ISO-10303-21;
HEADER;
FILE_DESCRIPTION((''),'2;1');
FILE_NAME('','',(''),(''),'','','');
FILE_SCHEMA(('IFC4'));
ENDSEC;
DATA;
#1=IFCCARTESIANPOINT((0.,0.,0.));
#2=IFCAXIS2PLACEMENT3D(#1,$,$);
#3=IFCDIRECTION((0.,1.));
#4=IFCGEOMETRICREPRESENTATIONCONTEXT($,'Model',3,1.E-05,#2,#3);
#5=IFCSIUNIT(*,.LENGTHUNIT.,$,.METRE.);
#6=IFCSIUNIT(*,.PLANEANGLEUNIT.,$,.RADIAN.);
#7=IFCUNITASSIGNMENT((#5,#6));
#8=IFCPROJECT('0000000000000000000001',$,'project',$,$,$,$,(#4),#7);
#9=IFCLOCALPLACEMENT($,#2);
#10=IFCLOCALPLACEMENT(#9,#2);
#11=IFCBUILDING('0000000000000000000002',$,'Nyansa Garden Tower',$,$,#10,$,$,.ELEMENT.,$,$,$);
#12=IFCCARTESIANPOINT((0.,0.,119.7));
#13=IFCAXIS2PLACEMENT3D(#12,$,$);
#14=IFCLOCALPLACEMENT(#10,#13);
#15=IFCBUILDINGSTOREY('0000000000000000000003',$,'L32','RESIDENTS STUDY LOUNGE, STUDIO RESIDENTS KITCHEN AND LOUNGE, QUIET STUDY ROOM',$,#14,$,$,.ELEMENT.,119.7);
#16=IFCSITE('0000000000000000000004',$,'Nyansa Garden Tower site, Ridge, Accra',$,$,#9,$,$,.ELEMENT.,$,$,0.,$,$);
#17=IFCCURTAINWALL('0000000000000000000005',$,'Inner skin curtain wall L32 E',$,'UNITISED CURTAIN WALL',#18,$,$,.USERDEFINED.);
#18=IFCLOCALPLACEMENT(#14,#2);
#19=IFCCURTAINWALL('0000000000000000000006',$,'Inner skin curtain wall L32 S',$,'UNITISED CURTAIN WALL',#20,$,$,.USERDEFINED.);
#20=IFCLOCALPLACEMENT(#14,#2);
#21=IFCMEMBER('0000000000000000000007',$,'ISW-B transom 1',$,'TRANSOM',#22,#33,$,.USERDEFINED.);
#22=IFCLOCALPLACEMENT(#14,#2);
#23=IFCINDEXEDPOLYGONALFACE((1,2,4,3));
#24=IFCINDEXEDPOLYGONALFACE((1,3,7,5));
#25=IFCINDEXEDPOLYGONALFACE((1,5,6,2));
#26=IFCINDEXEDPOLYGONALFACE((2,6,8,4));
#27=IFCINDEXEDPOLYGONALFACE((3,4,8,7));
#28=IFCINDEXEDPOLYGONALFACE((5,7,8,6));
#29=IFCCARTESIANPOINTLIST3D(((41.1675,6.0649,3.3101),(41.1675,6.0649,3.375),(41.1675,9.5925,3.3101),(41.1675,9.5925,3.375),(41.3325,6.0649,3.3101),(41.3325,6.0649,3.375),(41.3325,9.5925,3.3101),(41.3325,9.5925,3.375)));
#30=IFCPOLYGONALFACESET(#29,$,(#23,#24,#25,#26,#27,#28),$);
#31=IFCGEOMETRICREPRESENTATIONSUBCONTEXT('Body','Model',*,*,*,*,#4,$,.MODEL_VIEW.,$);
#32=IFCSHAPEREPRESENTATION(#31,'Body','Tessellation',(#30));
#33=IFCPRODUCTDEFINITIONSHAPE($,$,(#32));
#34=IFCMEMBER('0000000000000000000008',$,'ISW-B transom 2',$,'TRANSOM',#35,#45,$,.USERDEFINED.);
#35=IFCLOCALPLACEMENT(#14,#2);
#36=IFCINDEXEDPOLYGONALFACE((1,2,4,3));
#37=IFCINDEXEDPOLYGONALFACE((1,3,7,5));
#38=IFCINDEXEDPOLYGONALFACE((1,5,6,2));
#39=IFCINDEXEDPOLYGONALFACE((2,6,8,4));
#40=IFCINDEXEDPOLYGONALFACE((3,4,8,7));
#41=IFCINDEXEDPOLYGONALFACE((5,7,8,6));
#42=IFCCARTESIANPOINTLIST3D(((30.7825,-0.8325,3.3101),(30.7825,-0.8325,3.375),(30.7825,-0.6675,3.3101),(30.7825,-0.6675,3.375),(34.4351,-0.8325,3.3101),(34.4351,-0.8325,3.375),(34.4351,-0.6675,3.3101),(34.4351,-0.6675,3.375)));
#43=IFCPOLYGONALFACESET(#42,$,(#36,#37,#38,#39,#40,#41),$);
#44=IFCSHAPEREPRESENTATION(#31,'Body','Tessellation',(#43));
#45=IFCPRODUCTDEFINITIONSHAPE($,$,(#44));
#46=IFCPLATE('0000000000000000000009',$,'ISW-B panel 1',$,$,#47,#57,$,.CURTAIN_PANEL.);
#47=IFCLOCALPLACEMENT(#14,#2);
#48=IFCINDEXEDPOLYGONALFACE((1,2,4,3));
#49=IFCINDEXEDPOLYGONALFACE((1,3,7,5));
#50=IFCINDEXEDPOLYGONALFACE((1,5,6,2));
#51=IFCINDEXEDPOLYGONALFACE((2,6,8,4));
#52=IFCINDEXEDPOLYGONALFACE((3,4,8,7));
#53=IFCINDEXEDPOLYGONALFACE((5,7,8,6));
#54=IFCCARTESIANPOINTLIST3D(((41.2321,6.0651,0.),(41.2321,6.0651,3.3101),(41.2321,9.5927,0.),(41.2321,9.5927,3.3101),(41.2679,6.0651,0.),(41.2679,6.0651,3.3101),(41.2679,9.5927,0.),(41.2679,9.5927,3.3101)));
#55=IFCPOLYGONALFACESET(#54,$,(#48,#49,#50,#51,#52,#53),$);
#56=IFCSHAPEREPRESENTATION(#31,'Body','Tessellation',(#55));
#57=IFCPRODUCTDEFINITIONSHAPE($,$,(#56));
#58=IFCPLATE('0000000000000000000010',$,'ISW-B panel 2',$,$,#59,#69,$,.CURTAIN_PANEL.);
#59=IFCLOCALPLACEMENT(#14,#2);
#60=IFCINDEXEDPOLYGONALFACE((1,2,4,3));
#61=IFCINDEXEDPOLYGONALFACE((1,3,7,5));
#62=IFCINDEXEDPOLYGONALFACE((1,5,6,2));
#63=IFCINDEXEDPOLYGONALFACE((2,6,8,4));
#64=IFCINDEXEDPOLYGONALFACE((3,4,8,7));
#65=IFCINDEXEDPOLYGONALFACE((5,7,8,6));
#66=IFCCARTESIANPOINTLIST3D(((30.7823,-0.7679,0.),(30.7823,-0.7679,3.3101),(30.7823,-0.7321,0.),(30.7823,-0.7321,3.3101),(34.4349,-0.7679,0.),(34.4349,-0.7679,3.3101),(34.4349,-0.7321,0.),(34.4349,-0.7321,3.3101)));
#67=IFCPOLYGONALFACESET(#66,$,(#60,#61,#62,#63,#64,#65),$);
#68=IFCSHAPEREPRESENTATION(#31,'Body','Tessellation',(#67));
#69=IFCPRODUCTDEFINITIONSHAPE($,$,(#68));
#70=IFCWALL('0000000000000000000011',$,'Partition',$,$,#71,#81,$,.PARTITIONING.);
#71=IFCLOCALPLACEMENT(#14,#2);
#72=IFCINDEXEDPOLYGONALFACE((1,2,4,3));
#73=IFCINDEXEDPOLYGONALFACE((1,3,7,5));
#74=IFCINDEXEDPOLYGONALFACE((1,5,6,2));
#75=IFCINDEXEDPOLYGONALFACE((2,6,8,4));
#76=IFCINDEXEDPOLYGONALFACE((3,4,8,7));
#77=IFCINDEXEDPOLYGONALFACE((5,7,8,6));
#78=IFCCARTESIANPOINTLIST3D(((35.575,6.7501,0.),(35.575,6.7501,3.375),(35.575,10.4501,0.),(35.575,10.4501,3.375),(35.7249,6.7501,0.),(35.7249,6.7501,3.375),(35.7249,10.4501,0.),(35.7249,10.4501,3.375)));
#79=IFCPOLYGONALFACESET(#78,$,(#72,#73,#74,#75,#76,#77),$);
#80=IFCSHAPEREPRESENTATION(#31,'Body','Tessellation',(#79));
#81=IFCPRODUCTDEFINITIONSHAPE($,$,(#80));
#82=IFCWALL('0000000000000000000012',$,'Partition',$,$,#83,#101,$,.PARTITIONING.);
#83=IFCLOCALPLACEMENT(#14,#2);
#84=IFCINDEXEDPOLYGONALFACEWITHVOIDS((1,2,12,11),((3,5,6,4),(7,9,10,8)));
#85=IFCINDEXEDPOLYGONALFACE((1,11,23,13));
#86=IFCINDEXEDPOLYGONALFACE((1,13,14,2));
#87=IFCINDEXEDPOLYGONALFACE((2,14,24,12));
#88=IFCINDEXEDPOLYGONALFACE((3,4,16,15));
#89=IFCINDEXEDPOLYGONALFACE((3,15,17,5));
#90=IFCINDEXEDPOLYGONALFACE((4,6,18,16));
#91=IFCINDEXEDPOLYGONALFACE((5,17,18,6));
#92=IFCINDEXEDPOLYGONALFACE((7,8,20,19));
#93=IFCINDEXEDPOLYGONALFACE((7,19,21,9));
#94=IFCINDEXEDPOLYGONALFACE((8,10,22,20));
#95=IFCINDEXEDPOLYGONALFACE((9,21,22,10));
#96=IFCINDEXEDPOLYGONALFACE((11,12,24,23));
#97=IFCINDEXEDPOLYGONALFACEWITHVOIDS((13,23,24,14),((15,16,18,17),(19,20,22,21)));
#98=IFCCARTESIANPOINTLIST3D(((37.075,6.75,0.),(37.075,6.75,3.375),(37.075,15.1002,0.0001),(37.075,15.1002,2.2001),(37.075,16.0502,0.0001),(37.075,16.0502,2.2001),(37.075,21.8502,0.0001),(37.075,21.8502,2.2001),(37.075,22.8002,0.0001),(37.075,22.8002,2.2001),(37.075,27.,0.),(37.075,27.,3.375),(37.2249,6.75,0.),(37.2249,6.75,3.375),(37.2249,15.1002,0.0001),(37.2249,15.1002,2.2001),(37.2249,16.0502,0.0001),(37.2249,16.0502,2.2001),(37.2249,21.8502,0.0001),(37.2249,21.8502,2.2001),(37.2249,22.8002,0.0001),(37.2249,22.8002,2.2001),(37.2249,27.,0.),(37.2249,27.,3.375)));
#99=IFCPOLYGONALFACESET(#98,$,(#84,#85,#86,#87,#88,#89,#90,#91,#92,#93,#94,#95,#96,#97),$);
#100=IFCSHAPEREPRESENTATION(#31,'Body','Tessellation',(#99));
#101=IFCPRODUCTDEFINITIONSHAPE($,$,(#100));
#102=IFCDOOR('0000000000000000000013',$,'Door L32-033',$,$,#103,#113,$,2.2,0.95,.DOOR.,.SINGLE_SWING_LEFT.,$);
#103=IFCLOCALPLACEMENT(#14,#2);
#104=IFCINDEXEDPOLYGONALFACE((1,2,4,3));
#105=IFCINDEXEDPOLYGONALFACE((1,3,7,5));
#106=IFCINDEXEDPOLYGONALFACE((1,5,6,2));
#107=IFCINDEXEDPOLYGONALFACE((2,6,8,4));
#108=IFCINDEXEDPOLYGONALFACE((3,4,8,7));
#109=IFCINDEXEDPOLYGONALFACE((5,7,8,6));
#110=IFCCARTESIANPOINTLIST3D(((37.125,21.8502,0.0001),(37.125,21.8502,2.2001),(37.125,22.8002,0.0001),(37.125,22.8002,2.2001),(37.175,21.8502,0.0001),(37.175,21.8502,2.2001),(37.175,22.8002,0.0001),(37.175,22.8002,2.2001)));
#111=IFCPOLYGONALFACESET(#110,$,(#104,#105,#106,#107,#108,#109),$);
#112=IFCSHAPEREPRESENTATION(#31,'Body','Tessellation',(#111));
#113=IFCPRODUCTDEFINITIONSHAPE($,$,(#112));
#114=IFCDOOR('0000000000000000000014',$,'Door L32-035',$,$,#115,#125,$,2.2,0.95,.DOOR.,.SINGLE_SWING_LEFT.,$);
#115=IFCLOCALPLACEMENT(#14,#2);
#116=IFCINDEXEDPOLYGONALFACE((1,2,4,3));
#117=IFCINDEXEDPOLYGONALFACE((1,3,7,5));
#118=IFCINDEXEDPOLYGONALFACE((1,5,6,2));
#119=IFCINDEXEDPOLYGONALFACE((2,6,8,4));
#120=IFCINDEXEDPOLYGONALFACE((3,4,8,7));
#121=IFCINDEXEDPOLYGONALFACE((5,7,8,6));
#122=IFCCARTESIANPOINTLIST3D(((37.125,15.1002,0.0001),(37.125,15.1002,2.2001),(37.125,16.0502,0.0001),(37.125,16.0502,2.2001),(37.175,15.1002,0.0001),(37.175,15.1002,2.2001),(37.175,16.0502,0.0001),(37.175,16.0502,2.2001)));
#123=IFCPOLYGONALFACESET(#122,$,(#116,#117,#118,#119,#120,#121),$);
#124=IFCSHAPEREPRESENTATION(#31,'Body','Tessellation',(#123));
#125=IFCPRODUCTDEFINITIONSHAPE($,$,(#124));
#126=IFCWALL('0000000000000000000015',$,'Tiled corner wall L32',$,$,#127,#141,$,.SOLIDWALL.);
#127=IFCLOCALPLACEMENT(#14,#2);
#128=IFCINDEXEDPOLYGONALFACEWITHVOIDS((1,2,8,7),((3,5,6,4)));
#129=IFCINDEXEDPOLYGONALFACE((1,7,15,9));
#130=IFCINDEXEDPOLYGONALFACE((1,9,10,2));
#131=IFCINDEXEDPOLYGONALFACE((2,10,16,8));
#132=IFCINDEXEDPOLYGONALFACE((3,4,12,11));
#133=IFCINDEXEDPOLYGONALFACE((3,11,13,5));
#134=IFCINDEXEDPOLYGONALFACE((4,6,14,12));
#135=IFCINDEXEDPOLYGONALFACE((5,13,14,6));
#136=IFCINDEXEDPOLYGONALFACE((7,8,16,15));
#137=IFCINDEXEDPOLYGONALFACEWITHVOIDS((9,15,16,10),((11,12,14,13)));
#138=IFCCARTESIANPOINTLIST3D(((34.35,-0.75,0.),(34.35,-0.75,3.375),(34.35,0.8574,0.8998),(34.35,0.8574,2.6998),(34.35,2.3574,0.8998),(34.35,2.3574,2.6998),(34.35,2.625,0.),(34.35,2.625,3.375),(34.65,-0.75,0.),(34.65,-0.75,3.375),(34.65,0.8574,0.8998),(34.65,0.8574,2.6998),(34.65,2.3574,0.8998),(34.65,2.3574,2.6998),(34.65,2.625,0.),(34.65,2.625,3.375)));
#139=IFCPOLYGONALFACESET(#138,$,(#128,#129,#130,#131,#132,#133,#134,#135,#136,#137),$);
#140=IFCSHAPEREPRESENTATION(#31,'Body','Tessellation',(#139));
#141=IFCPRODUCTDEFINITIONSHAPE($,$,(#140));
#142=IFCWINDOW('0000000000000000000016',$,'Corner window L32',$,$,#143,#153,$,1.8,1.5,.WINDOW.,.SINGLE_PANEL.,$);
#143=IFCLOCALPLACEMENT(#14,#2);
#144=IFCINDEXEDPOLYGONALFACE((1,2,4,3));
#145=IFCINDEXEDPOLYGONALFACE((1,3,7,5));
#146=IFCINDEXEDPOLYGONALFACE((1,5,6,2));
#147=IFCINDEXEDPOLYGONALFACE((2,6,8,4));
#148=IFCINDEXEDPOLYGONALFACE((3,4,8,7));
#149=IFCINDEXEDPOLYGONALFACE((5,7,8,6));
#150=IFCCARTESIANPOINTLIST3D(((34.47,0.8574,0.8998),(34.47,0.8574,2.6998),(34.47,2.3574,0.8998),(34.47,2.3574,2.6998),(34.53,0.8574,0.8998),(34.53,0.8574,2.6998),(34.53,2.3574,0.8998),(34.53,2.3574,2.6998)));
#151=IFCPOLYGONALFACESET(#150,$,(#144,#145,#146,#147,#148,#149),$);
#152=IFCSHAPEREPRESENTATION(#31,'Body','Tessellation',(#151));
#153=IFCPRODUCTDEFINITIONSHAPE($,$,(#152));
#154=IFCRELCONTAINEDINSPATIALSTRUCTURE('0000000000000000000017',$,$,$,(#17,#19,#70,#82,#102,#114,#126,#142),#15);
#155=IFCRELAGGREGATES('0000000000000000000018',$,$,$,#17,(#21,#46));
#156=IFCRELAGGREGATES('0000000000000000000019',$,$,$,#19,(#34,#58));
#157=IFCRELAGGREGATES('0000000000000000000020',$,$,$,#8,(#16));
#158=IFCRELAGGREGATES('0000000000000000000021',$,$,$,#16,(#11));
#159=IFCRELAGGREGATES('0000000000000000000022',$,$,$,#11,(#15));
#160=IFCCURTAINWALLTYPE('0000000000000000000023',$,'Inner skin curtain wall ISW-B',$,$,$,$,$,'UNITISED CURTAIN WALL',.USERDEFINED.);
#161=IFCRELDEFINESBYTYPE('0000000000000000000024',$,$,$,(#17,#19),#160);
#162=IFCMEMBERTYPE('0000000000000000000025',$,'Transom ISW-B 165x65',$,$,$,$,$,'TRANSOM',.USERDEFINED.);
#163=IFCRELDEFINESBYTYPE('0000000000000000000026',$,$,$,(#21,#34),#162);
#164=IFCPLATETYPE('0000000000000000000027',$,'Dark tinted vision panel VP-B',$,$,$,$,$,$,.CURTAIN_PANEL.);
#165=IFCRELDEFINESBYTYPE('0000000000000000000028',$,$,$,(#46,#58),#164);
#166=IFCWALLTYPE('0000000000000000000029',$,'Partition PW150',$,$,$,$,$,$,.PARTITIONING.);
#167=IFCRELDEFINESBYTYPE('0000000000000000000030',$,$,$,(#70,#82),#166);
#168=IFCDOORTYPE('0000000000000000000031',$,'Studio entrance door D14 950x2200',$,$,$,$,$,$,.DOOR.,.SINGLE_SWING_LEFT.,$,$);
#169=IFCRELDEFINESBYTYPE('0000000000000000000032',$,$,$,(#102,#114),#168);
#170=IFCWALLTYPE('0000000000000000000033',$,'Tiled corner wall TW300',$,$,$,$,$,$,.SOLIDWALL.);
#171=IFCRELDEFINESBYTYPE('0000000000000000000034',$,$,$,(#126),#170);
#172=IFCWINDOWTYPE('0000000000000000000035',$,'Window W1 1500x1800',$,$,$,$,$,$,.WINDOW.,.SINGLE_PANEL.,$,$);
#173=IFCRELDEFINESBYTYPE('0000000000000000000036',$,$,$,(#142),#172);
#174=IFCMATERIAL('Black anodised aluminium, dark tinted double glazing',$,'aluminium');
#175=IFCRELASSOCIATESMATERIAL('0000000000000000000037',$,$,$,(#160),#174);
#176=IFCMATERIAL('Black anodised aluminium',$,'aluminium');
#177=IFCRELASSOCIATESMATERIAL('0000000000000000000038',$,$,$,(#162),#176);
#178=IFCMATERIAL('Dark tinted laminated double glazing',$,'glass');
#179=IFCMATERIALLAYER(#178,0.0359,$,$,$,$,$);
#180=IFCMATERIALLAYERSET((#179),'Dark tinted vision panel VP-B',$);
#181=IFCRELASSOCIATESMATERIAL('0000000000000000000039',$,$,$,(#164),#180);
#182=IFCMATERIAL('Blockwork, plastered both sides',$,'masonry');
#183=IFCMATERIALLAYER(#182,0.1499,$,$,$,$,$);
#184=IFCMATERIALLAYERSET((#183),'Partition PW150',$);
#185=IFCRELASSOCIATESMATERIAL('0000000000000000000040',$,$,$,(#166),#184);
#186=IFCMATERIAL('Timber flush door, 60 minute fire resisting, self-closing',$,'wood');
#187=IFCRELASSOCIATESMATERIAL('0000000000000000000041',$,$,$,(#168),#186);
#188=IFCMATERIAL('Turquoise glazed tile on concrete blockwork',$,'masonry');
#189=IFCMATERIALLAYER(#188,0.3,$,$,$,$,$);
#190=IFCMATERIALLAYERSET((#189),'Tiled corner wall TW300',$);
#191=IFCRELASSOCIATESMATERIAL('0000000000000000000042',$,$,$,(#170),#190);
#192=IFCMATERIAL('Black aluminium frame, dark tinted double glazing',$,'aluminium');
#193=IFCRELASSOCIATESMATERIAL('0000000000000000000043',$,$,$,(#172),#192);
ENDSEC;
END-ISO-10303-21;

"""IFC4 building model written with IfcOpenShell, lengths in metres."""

from ifc_helpers import new_model, si_unit, direction, frame, frame_2d, origin, origin_2d, place, context, subcontext, project, spatial, rectangle, extrude, material, layer, layer_set, material_profile, profile_set, type_object, element, fill, aggregate, save


model = new_model("IFC4")

# Units and contexts
model_context = context("Model", 3, precision=1e-05, world=origin(), true_north=direction((0.0, 1.0)))
body_context = subcontext(model_context, "Body", "Model", "MODEL_VIEW")
ifc_project = project(units=[si_unit("LENGTHUNIT", "METRE"), si_unit("PLANEANGLEUNIT", "RADIAN")], contexts=[model_context])

# Site, building, storey
site_placement = place(None, origin())
site = spatial("IfcSite", under=ifc_project, at=site_placement, Name="Nyansa Garden Tower site, Ridge, Accra", CompositionType="ELEMENT", RefElevation=0.0)
building_placement = place(site_placement, origin())
building = spatial("IfcBuilding", under=site, at=building_placement, Name="Nyansa Garden Tower", CompositionType="ELEMENT")
storey_placement = place(building_placement, frame((0.0, 0.0, 119.7)))
storey = spatial("IfcBuildingStorey", under=building, at=storey_placement, Name="L32", Description="RESIDENTS STUDY LOUNGE, STUDIO RESIDENTS KITCHEN AND LOUNGE, QUIET STUDY ROOM", CompositionType="ELEMENT", Elevation=119.7)

# Curtain wall
ifc_material_1 = material(Name="Black anodised aluminium, dark tinted double glazing", Category="aluminium")
curtain_wall_type = type_object("IfcCurtainWallType", Name="Inner skin curtain wall ISW-B", ElementType="UNITISED CURTAIN WALL", PredefinedType="USERDEFINED", material=ifc_material_1)
curtain_wall_1_placement = place(storey_placement, origin())
curtain_wall_1 = element("IfcCurtainWall", 1, at=curtain_wall_1_placement, inside=storey, type_object=curtain_wall_type, Name="Inner skin curtain wall L32 E", ObjectType="UNITISED CURTAIN WALL", PredefinedType="USERDEFINED")

# Curtain wall
curtain_wall_2_placement = place(storey_placement, origin())
curtain_wall_2 = element("IfcCurtainWall", 2, at=curtain_wall_2_placement, inside=storey, type_object=curtain_wall_type, Name="Inner skin curtain wall L32 S", ObjectType="UNITISED CURTAIN WALL", PredefinedType="USERDEFINED")

# Members
ifc_material_2 = material(Name="Black anodised aluminium", Category="aluminium")
ifc_material_profile_1 = material_profile(ifc_material_2, rectangle(XDim=0.165, YDim=0.0649, at=origin_2d()), Name="Transom 165x65")
ifc_profile_set_1 = profile_set([ifc_material_profile_1], Name="Black anodised aluminium")
member_type_1 = type_object("IfcMemberType", Name="Transom ISW-B 165x65", ElementType="TRANSOM", PredefinedType="USERDEFINED", material=ifc_profile_set_1)
member_1_placement = place(storey_placement, frame((41.25, 6.0649, 3.3425), z_axis=(0.0, 1.0, 0.0), x_axis=(-1.0, 0.0, 0.0)))
member_1 = element("IfcMember", 3, at=member_1_placement, type_object=member_type_1, Name="ISW-B transom 1", ObjectType="TRANSOM", PredefinedType="USERDEFINED", context=body_context, shape_type="SweptSolid", body=[
    extrude(rectangle(XDim=0.165, YDim=0.0649, at=origin_2d()), origin(), (0.0, 0.0, 1.0), 3.5276),
])
member_2_placement = place(storey_placement, frame((30.7825, -0.75, 3.3425), z_axis=(1.0, 0.0, 0.0), x_axis=(0.0, 1.0, 0.0)))
member_2 = element("IfcMember", 4, at=member_2_placement, type_object=member_type_1, Name="ISW-B transom 2", ObjectType="TRANSOM", PredefinedType="USERDEFINED", context=body_context, shape_type="SweptSolid", body=[
    extrude(rectangle(XDim=0.165, YDim=0.0649, at=origin_2d()), origin(), (0.0, 0.0, 1.0), 3.6526),
])

# Plates
ifc_material_3 = material(Name="Dark tinted laminated double glazing", Category="glass")
ifc_layer_1 = layer(ifc_material_3, 0.0359)
ifc_layer_set_1 = layer_set([ifc_layer_1], Name="Dark tinted vision panel VP-B")
plate_type = type_object("IfcPlateType", Name="Dark tinted vision panel VP-B", PredefinedType="CURTAIN_PANEL", material=ifc_layer_set_1)
plate_1_placement = place(storey_placement, frame((41.25, 7.8289, 0.0), z_axis=(0.0, 0.0, 1.0), x_axis=(0.0, 1.0, 0.0)))
plate_1 = element("IfcPlate", 5, at=plate_1_placement, type_object=plate_type, Name="ISW-B panel 1", PredefinedType="CURTAIN_PANEL", context=body_context, shape_type="SweptSolid", body=[
    extrude(rectangle(XDim=3.5276, YDim=0.0359, at=origin_2d()), origin(), (0.0, 0.0, 1.0), 3.3101),
])
aggregate(curtain_wall_1, [member_1, plate_1])
plate_2_placement = place(storey_placement, frame((32.6086, -0.75, 0.0), z_axis=(0.0, 0.0, 1.0), x_axis=(1.0, 0.0, 0.0)))
plate_2 = element("IfcPlate", 6, at=plate_2_placement, type_object=plate_type, Name="ISW-B panel 2", PredefinedType="CURTAIN_PANEL", context=body_context, shape_type="SweptSolid", body=[
    extrude(rectangle(XDim=3.6526, YDim=0.0359, at=origin_2d()), origin(), (0.0, 0.0, 1.0), 3.3101),
])
aggregate(curtain_wall_2, [member_2, plate_2])

# Wall
ifc_material_4 = material(Name="Blockwork, plastered both sides", Category="masonry")
ifc_layer_2 = layer(ifc_material_4, 0.1499)
ifc_layer_set_2 = layer_set([ifc_layer_2], Name="Partition PW150")
wall_type_1 = type_object("IfcWallType", Name="Partition PW150", PredefinedType="PARTITIONING", material=ifc_layer_set_2)
wall_1_placement = place(storey_placement, frame((35.6499, 6.75, 0.0), z_axis=(0.0, 0.0, 1.0), x_axis=(0.0, 1.0, 0.0)))
element("IfcWall", 7, at=wall_1_placement, inside=storey, type_object=wall_type_1, Name="Partition", PredefinedType="PARTITIONING", context=body_context, shape_type="SweptSolid", body=[
    extrude(rectangle(XDim=3.7, YDim=0.1499, at=frame_2d((1.8501, 0.0))), origin(), (0.0, 0.0, 1.0), 3.375),
])

# Wall, openings, doors
wall_2_placement = place(storey_placement, frame((37.1499, 6.75, 0.0), z_axis=(0.0, 0.0, 1.0), x_axis=(0.0, 1.0, 0.0)))
wall_2 = element("IfcWall", 8, at=wall_2_placement, inside=storey, type_object=wall_type_1, Name="Partition", PredefinedType="PARTITIONING", context=body_context, shape_type="SweptSolid", body=[
    extrude(rectangle(XDim=20.25, YDim=0.1499, at=frame_2d((10.125, 0.0))), origin(), (0.0, 0.0, 1.0), 3.375),
])
opening_1_placement = place(wall_2_placement, frame((15.1001, 0.0, 0.0)))
opening_1 = element("IfcOpeningElement", 9, at=opening_1_placement, cuts=wall_2, PredefinedType="OPENING", context=body_context, shape_type="SweptSolid", body=[
    extrude(rectangle(XDim=0.95, YDim=2.2, at=frame_2d((0.4751, 1.1001))), frame((0.0, 0.085, 0.0), z_axis=(0.0, -1.0, 0.0), x_axis=(1.0, 0.0, 0.0)), (0.0, 0.0, 1.0), 0.1699),
])
opening_2_placement = place(wall_2_placement, frame((8.3501, 0.0, 0.0)))
opening_2 = element("IfcOpeningElement", 10, at=opening_2_placement, cuts=wall_2, PredefinedType="OPENING", context=body_context, shape_type="SweptSolid", body=[
    extrude(rectangle(XDim=0.95, YDim=2.2, at=frame_2d((0.4751, 1.1001))), frame((0.0, 0.085, 0.0), z_axis=(0.0, -1.0, 0.0), x_axis=(1.0, 0.0, 0.0)), (0.0, 0.0, 1.0), 0.1699),
])
ifc_material_5 = material(Name="Timber flush door, 60 minute fire resisting, self-closing", Category="wood")
door_type = type_object("IfcDoorType", Name="Studio entrance door D14 950x2200", OperationType="SINGLE_SWING_LEFT", PredefinedType="DOOR", material=ifc_material_5)
door_1_placement = place(opening_1_placement, origin())
door_1 = element("IfcDoor", 11, at=door_1_placement, inside=storey, type_object=door_type, Name="Door L32-033", OperationType="SINGLE_SWING_LEFT", OverallHeight=2.2, OverallWidth=0.95, PredefinedType="DOOR", context=body_context, shape_type="SweptSolid", body=[
    extrude(rectangle(XDim=0.95, YDim=2.2, at=frame_2d((0.4751, 1.1001))), frame((0.0, 0.0249, 0.0), z_axis=(0.0, -1.0, 0.0), x_axis=(1.0, 0.0, 0.0)), (0.0, 0.0, 1.0), 0.05),
])
fill(opening_1, door_1)
door_2_placement = place(opening_2_placement, origin())
door_2 = element("IfcDoor", 12, at=door_2_placement, inside=storey, type_object=door_type, Name="Door L32-035", OperationType="SINGLE_SWING_LEFT", OverallHeight=2.2, OverallWidth=0.95, PredefinedType="DOOR", context=body_context, shape_type="SweptSolid", body=[
    extrude(rectangle(XDim=0.95, YDim=2.2, at=frame_2d((0.4751, 1.1001))), frame((0.0, 0.0249, 0.0), z_axis=(0.0, -1.0, 0.0), x_axis=(1.0, 0.0, 0.0)), (0.0, 0.0, 1.0), 0.05),
])
fill(opening_2, door_2)

# Wall, opening, window
ifc_material_6 = material(Name="Turquoise glazed tile on concrete blockwork", Category="masonry")
ifc_layer_3 = layer(ifc_material_6, 0.3)
ifc_layer_set_3 = layer_set([ifc_layer_3], Name="Tiled corner wall TW300")
wall_type_2 = type_object("IfcWallType", Name="Tiled corner wall TW300", PredefinedType="SOLIDWALL", material=ifc_layer_set_3)
wall_3_placement = place(storey_placement, frame((34.5, -0.75, 0.0), z_axis=(0.0, 0.0, 1.0), x_axis=(0.0, 1.0, 0.0)))
wall_3 = element("IfcWall", 13, at=wall_3_placement, inside=storey, type_object=wall_type_2, Name="Tiled corner wall L32", PredefinedType="SOLIDWALL", context=body_context, shape_type="SweptSolid", body=[
    extrude(rectangle(XDim=3.375, YDim=0.3, at=frame_2d((1.6875, 0.0))), origin(), (0.0, 0.0, 1.0), 3.375),
])
opening_3_placement = place(wall_3_placement, frame((1.6074, 0.0, 0.8999)))
opening_3 = element("IfcOpeningElement", 14, at=opening_3_placement, cuts=wall_3, PredefinedType="OPENING", context=body_context, shape_type="SweptSolid", body=[
    extrude(rectangle(XDim=1.5, YDim=1.8, at=frame_2d((0.75, 0.8999))), frame((0.0, 0.1599, 0.0), z_axis=(0.0, -1.0, 0.0), x_axis=(1.0, 0.0, 0.0)), (0.0, 0.0, 1.0), 0.3201),
])
ifc_material_7 = material(Name="Black aluminium frame, dark tinted double glazing", Category="aluminium")
window_type_1 = type_object("IfcWindowType", Name="Window W1 1500x1800", PartitioningType="SINGLE_PANEL", PredefinedType="WINDOW", material=ifc_material_7)
window_1_placement = place(opening_3_placement, origin())
window_1 = element("IfcWindow", 15, at=window_1_placement, inside=storey, type_object=window_type_1, Name="Corner window L32", OverallHeight=1.8, OverallWidth=1.5, PartitioningType="SINGLE_PANEL", PredefinedType="WINDOW", context=body_context, shape_type="SweptSolid", body=[
    extrude(rectangle(XDim=1.5, YDim=1.8, at=frame_2d((0.75, 0.8999))), frame((0.0, 0.03, 0.0), z_axis=(0.0, -1.0, 0.0), x_axis=(1.0, 0.0, 0.0)), (0.0, 0.0, 1.0), 0.0601),
])
fill(opening_3, window_1)

save(model, "model.ifc")
